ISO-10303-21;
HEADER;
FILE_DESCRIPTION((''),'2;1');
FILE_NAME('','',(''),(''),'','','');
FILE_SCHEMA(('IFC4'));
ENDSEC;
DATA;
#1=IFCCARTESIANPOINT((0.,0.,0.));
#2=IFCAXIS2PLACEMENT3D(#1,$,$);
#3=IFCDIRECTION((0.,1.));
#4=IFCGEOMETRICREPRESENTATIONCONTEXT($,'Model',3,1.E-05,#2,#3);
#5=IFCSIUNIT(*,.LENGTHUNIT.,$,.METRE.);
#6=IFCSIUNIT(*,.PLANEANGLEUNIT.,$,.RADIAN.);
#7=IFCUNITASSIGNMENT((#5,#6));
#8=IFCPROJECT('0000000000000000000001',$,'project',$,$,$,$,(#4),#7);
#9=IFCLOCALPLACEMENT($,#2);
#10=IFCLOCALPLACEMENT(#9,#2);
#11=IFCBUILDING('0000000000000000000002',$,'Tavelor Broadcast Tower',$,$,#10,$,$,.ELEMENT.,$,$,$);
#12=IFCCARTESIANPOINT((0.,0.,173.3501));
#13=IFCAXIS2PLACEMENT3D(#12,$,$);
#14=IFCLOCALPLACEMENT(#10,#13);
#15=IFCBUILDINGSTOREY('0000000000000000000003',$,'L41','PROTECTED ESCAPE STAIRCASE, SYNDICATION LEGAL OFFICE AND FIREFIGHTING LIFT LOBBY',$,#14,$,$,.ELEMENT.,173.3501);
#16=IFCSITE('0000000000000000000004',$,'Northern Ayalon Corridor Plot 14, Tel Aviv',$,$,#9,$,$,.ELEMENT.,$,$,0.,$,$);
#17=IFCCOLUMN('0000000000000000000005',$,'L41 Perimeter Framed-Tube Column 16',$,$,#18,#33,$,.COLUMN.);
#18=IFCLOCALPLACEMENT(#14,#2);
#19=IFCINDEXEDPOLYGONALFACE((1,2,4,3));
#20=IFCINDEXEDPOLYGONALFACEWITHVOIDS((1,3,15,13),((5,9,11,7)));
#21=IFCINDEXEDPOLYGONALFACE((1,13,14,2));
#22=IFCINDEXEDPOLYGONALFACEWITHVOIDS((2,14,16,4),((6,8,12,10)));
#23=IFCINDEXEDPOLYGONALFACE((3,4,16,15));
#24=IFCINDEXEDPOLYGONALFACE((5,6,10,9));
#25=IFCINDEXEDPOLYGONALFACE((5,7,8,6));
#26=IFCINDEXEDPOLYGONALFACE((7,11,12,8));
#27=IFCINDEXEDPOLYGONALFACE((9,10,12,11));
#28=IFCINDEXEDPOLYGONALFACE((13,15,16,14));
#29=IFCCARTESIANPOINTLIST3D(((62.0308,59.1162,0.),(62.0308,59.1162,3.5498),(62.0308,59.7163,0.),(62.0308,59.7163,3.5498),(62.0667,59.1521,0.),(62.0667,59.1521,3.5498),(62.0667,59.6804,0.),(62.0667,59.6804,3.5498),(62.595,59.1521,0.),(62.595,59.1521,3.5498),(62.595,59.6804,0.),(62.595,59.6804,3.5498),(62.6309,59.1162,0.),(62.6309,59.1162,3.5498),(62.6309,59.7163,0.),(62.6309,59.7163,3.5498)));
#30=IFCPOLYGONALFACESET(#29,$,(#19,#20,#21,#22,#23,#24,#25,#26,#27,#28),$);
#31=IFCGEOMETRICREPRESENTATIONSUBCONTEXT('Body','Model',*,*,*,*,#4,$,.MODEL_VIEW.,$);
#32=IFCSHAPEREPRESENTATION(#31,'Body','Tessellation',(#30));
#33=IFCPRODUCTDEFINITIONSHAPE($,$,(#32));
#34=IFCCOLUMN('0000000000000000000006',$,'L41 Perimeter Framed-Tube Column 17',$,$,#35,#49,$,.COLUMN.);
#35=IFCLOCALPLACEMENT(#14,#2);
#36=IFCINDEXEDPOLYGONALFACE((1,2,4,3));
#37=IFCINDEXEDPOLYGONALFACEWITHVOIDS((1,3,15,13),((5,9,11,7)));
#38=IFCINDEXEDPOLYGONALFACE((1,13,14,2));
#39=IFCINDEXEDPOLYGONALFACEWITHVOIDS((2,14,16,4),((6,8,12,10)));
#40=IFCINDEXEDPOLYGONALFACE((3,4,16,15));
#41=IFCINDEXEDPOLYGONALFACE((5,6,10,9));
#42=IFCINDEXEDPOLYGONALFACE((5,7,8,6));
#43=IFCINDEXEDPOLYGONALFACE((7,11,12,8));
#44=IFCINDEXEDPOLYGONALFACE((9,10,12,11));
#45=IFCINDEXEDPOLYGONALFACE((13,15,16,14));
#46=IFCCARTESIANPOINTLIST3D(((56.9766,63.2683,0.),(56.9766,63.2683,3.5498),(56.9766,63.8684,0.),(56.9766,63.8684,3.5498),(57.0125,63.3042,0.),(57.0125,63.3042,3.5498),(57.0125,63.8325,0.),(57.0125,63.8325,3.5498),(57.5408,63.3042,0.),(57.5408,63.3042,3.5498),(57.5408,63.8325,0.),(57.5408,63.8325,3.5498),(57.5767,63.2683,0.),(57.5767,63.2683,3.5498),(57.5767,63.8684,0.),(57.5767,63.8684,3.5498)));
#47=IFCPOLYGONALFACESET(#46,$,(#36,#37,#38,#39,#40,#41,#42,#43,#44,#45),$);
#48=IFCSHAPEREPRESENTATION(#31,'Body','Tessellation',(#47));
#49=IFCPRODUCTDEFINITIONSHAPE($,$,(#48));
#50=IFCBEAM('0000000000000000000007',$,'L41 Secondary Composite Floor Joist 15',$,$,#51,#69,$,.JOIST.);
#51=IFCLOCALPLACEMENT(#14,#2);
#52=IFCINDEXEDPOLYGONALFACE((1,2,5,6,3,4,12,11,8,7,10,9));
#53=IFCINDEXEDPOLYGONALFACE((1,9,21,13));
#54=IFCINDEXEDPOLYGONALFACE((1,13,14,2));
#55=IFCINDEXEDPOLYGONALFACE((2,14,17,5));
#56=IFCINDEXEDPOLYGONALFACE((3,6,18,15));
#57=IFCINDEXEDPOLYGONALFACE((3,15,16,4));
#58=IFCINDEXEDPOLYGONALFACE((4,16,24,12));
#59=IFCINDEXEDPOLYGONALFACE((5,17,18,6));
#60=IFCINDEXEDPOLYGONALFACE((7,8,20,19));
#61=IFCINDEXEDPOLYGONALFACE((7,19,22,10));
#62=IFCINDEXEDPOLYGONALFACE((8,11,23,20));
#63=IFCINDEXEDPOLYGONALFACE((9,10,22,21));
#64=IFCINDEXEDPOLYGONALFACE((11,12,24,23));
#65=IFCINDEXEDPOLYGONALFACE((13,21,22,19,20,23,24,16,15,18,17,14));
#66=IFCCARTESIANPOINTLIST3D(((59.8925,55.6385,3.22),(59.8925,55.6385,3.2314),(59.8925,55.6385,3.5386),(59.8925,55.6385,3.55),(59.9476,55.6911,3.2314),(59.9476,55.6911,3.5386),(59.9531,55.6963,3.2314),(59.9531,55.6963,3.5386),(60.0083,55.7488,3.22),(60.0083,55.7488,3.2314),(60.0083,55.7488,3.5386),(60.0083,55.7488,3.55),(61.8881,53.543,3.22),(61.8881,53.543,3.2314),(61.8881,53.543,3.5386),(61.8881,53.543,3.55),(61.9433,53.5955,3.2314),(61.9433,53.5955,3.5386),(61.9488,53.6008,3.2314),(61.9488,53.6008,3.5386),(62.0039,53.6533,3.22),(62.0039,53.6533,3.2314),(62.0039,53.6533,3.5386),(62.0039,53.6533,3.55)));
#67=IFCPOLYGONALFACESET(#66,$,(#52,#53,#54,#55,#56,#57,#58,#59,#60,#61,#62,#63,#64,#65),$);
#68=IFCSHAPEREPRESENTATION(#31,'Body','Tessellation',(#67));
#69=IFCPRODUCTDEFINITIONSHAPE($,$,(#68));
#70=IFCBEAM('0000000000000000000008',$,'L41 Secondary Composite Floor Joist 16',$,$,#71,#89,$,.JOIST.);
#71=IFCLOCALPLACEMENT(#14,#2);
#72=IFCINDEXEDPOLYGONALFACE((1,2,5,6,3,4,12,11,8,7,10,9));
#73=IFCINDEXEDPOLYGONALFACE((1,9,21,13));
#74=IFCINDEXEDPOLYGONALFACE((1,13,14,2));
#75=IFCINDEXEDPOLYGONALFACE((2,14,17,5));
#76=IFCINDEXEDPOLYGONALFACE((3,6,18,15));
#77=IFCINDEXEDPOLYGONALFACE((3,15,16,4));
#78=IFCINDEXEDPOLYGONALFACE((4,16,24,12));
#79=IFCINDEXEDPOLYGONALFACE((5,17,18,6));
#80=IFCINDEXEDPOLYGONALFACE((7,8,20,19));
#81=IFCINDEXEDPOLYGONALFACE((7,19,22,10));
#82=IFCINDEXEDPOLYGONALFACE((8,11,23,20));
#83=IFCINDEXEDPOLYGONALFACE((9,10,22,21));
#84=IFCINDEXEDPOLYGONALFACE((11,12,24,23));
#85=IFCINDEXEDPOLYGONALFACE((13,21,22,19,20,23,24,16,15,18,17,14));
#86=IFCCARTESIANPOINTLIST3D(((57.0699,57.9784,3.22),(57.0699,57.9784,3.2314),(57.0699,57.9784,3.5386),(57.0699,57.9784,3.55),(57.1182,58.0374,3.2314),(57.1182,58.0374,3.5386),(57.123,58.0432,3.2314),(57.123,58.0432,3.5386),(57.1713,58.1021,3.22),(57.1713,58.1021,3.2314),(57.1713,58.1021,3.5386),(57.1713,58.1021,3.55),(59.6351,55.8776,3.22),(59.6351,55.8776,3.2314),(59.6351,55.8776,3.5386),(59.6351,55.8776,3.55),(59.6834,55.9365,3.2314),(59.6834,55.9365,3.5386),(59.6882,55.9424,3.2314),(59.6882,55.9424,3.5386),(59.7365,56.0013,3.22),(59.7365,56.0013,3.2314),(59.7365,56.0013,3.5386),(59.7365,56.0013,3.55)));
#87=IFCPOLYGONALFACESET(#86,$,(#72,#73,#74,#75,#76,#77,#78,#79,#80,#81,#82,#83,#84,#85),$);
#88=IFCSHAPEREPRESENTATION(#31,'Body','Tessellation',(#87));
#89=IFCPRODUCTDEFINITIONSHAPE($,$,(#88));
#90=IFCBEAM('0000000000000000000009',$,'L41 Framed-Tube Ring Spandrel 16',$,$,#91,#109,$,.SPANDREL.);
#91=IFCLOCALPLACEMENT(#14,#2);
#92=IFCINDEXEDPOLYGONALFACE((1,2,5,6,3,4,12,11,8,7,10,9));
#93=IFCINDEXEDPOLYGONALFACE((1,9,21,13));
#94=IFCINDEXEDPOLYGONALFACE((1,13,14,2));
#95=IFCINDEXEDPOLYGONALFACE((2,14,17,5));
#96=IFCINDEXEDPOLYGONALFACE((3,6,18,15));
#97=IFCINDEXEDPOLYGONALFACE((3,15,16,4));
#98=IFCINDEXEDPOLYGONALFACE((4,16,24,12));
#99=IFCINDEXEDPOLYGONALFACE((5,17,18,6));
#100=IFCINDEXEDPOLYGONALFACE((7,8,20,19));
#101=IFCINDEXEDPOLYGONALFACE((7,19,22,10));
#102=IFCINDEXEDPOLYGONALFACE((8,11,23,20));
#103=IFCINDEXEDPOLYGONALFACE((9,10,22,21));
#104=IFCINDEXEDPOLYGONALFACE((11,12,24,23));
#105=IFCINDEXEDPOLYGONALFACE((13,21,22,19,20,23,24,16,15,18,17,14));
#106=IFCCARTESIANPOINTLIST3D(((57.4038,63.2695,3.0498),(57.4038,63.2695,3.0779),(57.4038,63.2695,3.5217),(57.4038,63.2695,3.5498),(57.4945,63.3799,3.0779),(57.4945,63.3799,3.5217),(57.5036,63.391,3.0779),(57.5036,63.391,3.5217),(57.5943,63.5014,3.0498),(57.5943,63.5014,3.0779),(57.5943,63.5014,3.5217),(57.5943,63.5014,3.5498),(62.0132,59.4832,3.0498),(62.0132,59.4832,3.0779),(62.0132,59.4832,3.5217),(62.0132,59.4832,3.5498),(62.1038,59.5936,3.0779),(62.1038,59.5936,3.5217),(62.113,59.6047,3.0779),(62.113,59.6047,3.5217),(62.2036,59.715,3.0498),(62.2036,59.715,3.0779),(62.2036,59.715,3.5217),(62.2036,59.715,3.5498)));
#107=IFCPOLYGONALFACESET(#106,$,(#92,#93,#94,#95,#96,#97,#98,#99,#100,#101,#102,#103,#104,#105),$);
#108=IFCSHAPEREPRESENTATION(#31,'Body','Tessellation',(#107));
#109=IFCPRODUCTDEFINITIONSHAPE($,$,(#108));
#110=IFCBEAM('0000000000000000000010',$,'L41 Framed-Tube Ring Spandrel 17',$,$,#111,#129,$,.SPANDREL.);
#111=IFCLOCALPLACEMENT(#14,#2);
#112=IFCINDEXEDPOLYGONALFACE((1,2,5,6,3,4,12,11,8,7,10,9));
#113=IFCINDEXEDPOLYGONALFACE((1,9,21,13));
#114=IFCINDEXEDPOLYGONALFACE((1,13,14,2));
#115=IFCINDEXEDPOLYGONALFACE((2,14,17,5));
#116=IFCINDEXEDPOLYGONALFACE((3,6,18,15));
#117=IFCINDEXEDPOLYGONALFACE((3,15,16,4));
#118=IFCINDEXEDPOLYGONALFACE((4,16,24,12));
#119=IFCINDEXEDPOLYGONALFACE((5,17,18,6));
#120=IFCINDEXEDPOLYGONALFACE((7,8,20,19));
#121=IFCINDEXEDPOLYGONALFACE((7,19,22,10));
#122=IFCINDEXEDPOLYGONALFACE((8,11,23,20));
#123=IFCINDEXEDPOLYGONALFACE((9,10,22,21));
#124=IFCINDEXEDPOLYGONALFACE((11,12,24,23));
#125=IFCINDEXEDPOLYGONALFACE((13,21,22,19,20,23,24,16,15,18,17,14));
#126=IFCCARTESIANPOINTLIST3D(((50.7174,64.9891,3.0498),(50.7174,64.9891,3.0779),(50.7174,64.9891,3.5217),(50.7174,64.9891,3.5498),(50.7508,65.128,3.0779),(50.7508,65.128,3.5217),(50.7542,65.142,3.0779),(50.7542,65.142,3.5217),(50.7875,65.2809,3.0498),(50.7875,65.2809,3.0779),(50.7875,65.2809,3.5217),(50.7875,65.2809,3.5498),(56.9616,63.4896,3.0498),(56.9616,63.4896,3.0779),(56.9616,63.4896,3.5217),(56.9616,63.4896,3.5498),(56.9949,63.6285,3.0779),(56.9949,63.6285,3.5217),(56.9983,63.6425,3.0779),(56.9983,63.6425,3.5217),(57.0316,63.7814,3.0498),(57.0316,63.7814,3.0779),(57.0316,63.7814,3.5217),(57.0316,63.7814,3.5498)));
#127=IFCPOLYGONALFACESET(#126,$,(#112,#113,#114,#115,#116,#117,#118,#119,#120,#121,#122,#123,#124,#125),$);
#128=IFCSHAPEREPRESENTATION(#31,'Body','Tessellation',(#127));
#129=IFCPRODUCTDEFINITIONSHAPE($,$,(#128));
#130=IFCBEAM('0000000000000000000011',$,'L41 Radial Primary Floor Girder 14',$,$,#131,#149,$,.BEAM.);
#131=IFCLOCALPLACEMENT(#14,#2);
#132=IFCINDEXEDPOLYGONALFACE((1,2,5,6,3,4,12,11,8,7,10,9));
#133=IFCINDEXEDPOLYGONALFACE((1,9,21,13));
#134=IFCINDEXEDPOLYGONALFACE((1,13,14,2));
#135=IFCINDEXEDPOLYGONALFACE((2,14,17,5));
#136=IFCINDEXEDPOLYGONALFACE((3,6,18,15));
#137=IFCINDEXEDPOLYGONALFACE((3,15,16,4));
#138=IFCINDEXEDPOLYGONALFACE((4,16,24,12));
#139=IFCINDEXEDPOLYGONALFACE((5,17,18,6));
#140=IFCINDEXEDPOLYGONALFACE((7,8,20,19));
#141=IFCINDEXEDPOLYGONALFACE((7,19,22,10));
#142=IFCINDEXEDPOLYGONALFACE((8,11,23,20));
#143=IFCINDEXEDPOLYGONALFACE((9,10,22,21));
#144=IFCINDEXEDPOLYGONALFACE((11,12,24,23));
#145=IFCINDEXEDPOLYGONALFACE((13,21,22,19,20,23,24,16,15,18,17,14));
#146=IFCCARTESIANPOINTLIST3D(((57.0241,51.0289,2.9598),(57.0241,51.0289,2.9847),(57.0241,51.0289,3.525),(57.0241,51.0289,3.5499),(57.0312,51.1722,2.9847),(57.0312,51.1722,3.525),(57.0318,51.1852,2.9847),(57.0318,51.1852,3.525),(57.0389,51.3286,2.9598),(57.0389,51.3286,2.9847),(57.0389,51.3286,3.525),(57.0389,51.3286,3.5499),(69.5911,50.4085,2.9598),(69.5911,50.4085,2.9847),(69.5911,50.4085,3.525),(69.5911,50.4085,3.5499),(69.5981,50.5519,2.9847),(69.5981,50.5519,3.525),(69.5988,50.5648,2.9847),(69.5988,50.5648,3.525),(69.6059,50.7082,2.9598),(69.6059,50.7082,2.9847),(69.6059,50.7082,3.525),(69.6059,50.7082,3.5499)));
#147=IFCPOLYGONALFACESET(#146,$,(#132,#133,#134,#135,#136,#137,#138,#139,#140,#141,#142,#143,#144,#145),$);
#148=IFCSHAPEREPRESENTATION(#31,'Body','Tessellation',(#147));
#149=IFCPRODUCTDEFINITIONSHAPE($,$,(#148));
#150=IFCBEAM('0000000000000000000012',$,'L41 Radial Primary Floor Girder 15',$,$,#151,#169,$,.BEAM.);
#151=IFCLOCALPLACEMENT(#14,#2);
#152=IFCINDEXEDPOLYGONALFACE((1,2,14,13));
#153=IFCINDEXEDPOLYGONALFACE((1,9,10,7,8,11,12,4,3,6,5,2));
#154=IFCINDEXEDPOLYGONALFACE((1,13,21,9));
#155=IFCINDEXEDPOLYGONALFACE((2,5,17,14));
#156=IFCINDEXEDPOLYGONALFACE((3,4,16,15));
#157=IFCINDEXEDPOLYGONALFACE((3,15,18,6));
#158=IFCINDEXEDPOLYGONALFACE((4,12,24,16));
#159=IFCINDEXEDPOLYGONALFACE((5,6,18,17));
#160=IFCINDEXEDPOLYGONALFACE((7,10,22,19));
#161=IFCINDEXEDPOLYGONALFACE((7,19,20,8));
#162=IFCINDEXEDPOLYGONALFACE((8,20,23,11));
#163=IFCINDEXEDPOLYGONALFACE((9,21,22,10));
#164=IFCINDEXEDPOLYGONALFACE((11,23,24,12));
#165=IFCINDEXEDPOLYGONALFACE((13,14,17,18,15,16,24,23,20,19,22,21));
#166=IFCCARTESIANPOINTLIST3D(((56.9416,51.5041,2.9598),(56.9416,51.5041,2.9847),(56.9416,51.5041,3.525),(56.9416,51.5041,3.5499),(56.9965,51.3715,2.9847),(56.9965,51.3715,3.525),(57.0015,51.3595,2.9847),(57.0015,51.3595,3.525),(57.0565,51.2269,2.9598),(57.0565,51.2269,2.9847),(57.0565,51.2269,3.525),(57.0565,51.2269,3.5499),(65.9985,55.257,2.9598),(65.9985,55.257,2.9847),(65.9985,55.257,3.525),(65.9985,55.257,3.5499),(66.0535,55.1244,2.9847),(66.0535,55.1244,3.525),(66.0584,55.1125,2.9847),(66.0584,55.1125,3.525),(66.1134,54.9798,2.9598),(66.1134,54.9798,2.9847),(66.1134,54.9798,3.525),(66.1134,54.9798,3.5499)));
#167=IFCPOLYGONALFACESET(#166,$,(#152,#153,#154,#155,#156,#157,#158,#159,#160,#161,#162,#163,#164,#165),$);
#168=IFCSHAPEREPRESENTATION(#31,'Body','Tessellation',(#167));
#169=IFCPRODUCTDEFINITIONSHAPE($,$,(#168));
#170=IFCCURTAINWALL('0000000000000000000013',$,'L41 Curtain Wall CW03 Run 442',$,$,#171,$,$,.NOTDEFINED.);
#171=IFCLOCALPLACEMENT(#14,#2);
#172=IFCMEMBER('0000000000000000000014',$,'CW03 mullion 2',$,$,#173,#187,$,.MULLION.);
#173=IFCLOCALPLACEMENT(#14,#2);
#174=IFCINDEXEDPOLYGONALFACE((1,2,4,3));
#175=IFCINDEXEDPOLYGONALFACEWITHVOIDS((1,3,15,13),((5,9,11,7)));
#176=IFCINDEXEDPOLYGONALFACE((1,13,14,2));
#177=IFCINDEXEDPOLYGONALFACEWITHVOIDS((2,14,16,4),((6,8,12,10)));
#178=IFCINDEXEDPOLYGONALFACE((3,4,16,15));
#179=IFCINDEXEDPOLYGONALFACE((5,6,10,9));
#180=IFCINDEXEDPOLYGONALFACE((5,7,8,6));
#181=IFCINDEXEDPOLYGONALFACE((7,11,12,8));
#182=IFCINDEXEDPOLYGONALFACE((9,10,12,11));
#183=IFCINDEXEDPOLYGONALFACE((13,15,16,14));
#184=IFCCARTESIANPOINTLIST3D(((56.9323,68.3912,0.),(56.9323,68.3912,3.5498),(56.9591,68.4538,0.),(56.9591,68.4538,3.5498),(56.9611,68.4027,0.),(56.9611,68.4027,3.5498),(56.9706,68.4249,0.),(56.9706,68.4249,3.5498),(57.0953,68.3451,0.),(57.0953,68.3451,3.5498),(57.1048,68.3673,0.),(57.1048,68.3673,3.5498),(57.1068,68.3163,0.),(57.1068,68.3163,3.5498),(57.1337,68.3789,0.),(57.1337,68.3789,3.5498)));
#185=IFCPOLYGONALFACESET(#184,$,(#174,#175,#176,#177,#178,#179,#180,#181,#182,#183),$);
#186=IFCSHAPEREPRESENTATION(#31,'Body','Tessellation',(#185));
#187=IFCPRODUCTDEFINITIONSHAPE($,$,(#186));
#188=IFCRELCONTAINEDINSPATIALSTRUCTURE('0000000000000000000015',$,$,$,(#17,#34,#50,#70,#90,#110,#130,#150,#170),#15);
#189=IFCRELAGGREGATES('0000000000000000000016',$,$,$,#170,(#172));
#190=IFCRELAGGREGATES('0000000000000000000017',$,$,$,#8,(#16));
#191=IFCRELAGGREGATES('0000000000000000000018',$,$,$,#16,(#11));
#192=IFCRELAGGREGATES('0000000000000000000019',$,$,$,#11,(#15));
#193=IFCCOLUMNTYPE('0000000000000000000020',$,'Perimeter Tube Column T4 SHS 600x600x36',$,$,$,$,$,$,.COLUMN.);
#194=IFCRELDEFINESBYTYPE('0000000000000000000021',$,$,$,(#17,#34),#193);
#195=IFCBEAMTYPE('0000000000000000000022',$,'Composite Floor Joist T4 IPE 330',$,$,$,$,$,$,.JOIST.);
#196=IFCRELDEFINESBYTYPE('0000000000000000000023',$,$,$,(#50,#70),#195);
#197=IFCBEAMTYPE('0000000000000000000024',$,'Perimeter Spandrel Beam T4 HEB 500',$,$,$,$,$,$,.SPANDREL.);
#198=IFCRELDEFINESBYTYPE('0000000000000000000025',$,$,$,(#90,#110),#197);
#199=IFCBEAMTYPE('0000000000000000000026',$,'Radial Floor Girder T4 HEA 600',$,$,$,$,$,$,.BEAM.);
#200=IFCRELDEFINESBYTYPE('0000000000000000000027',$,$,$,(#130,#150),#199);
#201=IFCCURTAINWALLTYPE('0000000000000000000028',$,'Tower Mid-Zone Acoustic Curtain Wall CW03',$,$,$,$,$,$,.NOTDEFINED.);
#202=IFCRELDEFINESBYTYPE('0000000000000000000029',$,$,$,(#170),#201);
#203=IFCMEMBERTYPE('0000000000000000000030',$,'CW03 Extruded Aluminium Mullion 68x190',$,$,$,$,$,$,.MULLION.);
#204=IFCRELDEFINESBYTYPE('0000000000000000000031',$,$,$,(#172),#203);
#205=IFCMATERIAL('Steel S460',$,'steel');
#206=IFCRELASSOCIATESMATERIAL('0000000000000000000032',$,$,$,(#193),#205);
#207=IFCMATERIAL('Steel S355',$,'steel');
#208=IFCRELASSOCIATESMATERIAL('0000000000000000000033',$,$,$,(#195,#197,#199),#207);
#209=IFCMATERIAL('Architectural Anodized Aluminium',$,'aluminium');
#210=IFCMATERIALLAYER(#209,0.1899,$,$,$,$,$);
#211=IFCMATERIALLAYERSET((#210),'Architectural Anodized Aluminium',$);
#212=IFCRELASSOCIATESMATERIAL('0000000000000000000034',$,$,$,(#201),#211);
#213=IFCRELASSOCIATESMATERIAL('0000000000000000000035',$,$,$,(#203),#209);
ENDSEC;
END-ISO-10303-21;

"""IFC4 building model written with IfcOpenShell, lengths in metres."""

from ifc_helpers import new_model, si_unit, direction, frame, origin, origin_2d, place, context, subcontext, project, spatial, hollow_rectangle, i_section, extrude, source, transform, mapped, material, layer, layer_set, material_profile, profile_set, type_object, type_shapes, element, aggregate, save


model = new_model("IFC4")

# Units and contexts
model_context = context("Model", 3, precision=1e-05, world=origin(), true_north=direction((0.0, 1.0)))
body_context = subcontext(model_context, "Body", "Model", "MODEL_VIEW")
ifc_project = project(units=[si_unit("LENGTHUNIT", "METRE"), si_unit("PLANEANGLEUNIT", "RADIAN")], contexts=[model_context])

# Site, building, storey
site_placement = place(None, origin())
site = spatial("IfcSite", under=ifc_project, at=site_placement, Name="Northern Ayalon Corridor Plot 14, Tel Aviv", CompositionType="ELEMENT", RefElevation=0.0)
building_placement = place(site_placement, origin())
building = spatial("IfcBuilding", under=site, at=building_placement, Name="Tavelor Broadcast Tower", CompositionType="ELEMENT")
storey_placement = place(building_placement, frame((0.0, 0.0, 173.3501)))
storey = spatial("IfcBuildingStorey", under=building, at=storey_placement, Name="L41", Description="PROTECTED ESCAPE STAIRCASE, SYNDICATION LEGAL OFFICE AND FIREFIGHTING LIFT LOBBY", CompositionType="ELEMENT", Elevation=173.3501)

# Columns
ifc_material_1 = material(Name="Steel S460", Category="steel")
ifc_material_profile_1 = material_profile(ifc_material_1, hollow_rectangle(XDim=0.6001, YDim=0.6001, WallThickness=0.0359, at=origin_2d()), Name="SHS 600x600x36")
ifc_profile_set_1 = profile_set([ifc_material_profile_1], Name="Steel S460")
column_type = type_object("IfcColumnType", Name="Perimeter Tube Column T4 SHS 600x600x36", PredefinedType="COLUMN", material=ifc_profile_set_1)
for number, where, z_axis, x_axis, name in (
    (1, (62.3308, 59.4163, 0.0), (0.0, 0.0, 1.0), (1.0, 0.0, 0.0), "L41 Perimeter Framed-Tube Column 16"),
    (2, (57.2766, 63.5684, 0.0), (0.0, 0.0, 1.0), (1.0, 0.0, 0.0), "L41 Perimeter Framed-Tube Column 17"),
):
    element("IfcColumn", number, at=place(storey_placement, frame(where, z_axis=z_axis, x_axis=x_axis)), inside=storey, type_object=column_type, Name=name, PredefinedType="COLUMN", context=body_context, shape_type="SweptSolid", body=[
        extrude(hollow_rectangle(XDim=0.6001, YDim=0.6001, WallThickness=0.0359, at=origin_2d()), origin(), (0.0, 0.0, 1.0), 3.5498),
    ])

# Beams
ifc_material_2 = material(Name="Steel S355", Category="steel")
ifc_material_profile_2 = material_profile(ifc_material_2, i_section(OverallWidth=0.1599, OverallDepth=0.3301, WebThickness=0.0076, FlangeThickness=0.0115, at=origin_2d()), Name="IPE 330")
ifc_profile_set_2 = profile_set([ifc_material_profile_2], Name="Steel S355")
beam_type_1 = type_object("IfcBeamType", Name="Composite Floor Joist T4 IPE 330", PredefinedType="JOIST", material=ifc_profile_set_2)
beam_1_placement = place(storey_placement, frame((61.946, 53.5981, 3.385), z_axis=(-0.689643, 0.72415, 0.0), x_axis=(-0.72415, -0.689643, 0.0)))
element("IfcBeam", 3, at=beam_1_placement, inside=storey, type_object=beam_type_1, Name="L41 Secondary Composite Floor Joist 15", PredefinedType="JOIST", context=body_context, shape_type="SweptSolid", body=[
    extrude(i_section(OverallWidth=0.1599, OverallDepth=0.3301, WebThickness=0.0076, FlangeThickness=0.0115, at=origin_2d()), origin(), (0.0, 0.0, 1.0), 2.8938),
])
beam_2_placement = place(storey_placement, frame((59.6858, 55.9395, 3.385), z_axis=(-0.773655, 0.633607, 0.0), x_axis=(-0.633607, -0.773655, 0.0)))
element("IfcBeam", 4, at=beam_2_placement, inside=storey, type_object=beam_type_1, Name="L41 Secondary Composite Floor Joist 16", PredefinedType="JOIST", context=body_context, shape_type="SweptSolid", body=[
    extrude(i_section(OverallWidth=0.1599, OverallDepth=0.3301, WebThickness=0.0076, FlangeThickness=0.0115, at=origin_2d()), origin(), (0.0, 0.0, 1.0), 3.3157),
])
ifc_material_profile_3 = material_profile(ifc_material_2, i_section(OverallWidth=0.3, OverallDepth=0.5, WebThickness=0.0144, FlangeThickness=0.0281, at=origin_2d()), Name="HEB 500")
ifc_profile_set_3 = profile_set([ifc_material_profile_3], Name="Steel S355")
beam_type_2 = type_object("IfcBeamType", Name="Perimeter Spandrel Beam T4 HEB 500", PredefinedType="SPANDREL", material=ifc_profile_set_3)
beam_3_placement = place(storey_placement, frame((62.1084, 59.5991, 3.2998), z_axis=(-0.772718, 0.63475, 0.0), x_axis=(-0.63475, -0.772718, 0.0)))
element("IfcBeam", 5, at=beam_3_placement, inside=storey, type_object=beam_type_2, Name="L41 Framed-Tube Ring Spandrel 16", PredefinedType="SPANDREL", context=body_context, shape_type="SweptSolid", body=[
    extrude(i_section(OverallWidth=0.3, OverallDepth=0.5, WebThickness=0.0144, FlangeThickness=0.0281, at=origin_2d()), origin(), (0.0, 0.0, 1.0), 5.9651),
])
beam_4_placement = place(storey_placement, frame((56.9966, 63.6355, 3.2998), z_axis=(-0.972355, 0.233508, 0.0), x_axis=(-0.233508, -0.972355, 0.0)))
element("IfcBeam", 6, at=beam_4_placement, inside=storey, type_object=beam_type_2, Name="L41 Framed-Tube Ring Spandrel 17", PredefinedType="SPANDREL", context=body_context, shape_type="SweptSolid", body=[
    extrude(i_section(OverallWidth=0.3, OverallDepth=0.5, WebThickness=0.0144, FlangeThickness=0.0281, at=origin_2d()), origin(), (0.0, 0.0, 1.0), 6.4216),
])
ifc_material_profile_4 = material_profile(ifc_material_2, i_section(OverallWidth=0.3, OverallDepth=0.5901, WebThickness=0.0129, FlangeThickness=0.0249, at=origin_2d()), Name="HEA 600")
ifc_profile_set_4 = profile_set([ifc_material_profile_4], Name="Steel S355")
beam_type_3 = type_object("IfcBeamType", Name="Radial Floor Girder T4 HEA 600", PredefinedType="BEAM", material=ifc_profile_set_4)
beam_5_placement = place(storey_placement, frame((57.0315, 51.1787, 3.2549), z_axis=(0.998784, -0.049305, 0.0), x_axis=(0.049305, 0.998784, 0.0)))
element("IfcBeam", 7, at=beam_5_placement, inside=storey, type_object=beam_type_3, Name="L41 Radial Primary Floor Girder 14", PredefinedType="BEAM", context=body_context, shape_type="SweptSolid", body=[
    extrude(i_section(OverallWidth=0.3, OverallDepth=0.5901, WebThickness=0.0129, FlangeThickness=0.0249, at=origin_2d()), origin(), (0.0, 0.0, 1.0), 12.5823),
])
beam_6_placement = place(storey_placement, frame((56.999, 51.3655, 3.2549), z_axis=(0.923827, 0.382809, 0.0), x_axis=(-0.382809, 0.923827, 0.0)))
element("IfcBeam", 8, at=beam_6_placement, inside=storey, type_object=beam_type_3, Name="L41 Radial Primary Floor Girder 15", PredefinedType="BEAM", context=body_context, shape_type="SweptSolid", body=[
    extrude(i_section(OverallWidth=0.3, OverallDepth=0.5901, WebThickness=0.0129, FlangeThickness=0.0249, at=origin_2d()), origin(), (0.0, 0.0, 1.0), 9.8037),
])

# Curtain wall, member
ifc_material_3 = material(Name="Architectural Anodized Aluminium", Category="aluminium")
ifc_layer_1 = layer(ifc_material_3, 0.1899)
ifc_layer_set_1 = layer_set([ifc_layer_1], Name="Architectural Anodized Aluminium")
curtain_wall_type = type_object("IfcCurtainWallType", Name="Tower Mid-Zone Acoustic Curtain Wall CW03", PredefinedType="NOTDEFINED", material=ifc_layer_set_1)
curtain_wall_placement = place(storey_placement, origin())
curtain_wall = element("IfcCurtainWall", 9, at=curtain_wall_placement, inside=storey, type_object=curtain_wall_type, Name="L41 Curtain Wall CW03 Run 442", PredefinedType="NOTDEFINED")
ifc_material_profile_5 = material_profile(ifc_material_3, hollow_rectangle(XDim=0.0681, YDim=0.1899, WallThickness=0.022, at=origin_2d()), Name="RHS 68x190x22")
ifc_profile_set_5 = profile_set([ifc_material_profile_5], Name="Architectural Anodized Aluminium")
member_type_1 = type_object("IfcMemberType", Name="CW03 Extruded Aluminium Mullion 68x190", PredefinedType="MULLION", material=ifc_profile_set_5)
shared_shape_1 = source(origin(), body_context, "Body", "SweptSolid", [
    extrude(hollow_rectangle(XDim=0.0681, YDim=0.1899, WallThickness=0.022, at=origin_2d()), origin(), (0.0, 0.0, 1.0), 3.5498),
])
type_shapes(member_type_1, [shared_shape_1])
member_1_placement = place(storey_placement, frame((57.033, 68.385, 0.0), z_axis=(0.0, 0.0, 1.0), x_axis=(-0.394342, -0.918964, 0.0)))
member_1 = element("IfcMember", 10, at=member_1_placement, type_object=member_type_1, Name="CW03 mullion 2", PredefinedType="MULLION", context=body_context, shape_type="MappedRepresentation", body=[
    mapped(shared_shape_1, transform((0.0, 0.0, 0.0), scale=1.0)),
])

aggregate(curtain_wall, [member_1])

save(model, "model.ifc")
